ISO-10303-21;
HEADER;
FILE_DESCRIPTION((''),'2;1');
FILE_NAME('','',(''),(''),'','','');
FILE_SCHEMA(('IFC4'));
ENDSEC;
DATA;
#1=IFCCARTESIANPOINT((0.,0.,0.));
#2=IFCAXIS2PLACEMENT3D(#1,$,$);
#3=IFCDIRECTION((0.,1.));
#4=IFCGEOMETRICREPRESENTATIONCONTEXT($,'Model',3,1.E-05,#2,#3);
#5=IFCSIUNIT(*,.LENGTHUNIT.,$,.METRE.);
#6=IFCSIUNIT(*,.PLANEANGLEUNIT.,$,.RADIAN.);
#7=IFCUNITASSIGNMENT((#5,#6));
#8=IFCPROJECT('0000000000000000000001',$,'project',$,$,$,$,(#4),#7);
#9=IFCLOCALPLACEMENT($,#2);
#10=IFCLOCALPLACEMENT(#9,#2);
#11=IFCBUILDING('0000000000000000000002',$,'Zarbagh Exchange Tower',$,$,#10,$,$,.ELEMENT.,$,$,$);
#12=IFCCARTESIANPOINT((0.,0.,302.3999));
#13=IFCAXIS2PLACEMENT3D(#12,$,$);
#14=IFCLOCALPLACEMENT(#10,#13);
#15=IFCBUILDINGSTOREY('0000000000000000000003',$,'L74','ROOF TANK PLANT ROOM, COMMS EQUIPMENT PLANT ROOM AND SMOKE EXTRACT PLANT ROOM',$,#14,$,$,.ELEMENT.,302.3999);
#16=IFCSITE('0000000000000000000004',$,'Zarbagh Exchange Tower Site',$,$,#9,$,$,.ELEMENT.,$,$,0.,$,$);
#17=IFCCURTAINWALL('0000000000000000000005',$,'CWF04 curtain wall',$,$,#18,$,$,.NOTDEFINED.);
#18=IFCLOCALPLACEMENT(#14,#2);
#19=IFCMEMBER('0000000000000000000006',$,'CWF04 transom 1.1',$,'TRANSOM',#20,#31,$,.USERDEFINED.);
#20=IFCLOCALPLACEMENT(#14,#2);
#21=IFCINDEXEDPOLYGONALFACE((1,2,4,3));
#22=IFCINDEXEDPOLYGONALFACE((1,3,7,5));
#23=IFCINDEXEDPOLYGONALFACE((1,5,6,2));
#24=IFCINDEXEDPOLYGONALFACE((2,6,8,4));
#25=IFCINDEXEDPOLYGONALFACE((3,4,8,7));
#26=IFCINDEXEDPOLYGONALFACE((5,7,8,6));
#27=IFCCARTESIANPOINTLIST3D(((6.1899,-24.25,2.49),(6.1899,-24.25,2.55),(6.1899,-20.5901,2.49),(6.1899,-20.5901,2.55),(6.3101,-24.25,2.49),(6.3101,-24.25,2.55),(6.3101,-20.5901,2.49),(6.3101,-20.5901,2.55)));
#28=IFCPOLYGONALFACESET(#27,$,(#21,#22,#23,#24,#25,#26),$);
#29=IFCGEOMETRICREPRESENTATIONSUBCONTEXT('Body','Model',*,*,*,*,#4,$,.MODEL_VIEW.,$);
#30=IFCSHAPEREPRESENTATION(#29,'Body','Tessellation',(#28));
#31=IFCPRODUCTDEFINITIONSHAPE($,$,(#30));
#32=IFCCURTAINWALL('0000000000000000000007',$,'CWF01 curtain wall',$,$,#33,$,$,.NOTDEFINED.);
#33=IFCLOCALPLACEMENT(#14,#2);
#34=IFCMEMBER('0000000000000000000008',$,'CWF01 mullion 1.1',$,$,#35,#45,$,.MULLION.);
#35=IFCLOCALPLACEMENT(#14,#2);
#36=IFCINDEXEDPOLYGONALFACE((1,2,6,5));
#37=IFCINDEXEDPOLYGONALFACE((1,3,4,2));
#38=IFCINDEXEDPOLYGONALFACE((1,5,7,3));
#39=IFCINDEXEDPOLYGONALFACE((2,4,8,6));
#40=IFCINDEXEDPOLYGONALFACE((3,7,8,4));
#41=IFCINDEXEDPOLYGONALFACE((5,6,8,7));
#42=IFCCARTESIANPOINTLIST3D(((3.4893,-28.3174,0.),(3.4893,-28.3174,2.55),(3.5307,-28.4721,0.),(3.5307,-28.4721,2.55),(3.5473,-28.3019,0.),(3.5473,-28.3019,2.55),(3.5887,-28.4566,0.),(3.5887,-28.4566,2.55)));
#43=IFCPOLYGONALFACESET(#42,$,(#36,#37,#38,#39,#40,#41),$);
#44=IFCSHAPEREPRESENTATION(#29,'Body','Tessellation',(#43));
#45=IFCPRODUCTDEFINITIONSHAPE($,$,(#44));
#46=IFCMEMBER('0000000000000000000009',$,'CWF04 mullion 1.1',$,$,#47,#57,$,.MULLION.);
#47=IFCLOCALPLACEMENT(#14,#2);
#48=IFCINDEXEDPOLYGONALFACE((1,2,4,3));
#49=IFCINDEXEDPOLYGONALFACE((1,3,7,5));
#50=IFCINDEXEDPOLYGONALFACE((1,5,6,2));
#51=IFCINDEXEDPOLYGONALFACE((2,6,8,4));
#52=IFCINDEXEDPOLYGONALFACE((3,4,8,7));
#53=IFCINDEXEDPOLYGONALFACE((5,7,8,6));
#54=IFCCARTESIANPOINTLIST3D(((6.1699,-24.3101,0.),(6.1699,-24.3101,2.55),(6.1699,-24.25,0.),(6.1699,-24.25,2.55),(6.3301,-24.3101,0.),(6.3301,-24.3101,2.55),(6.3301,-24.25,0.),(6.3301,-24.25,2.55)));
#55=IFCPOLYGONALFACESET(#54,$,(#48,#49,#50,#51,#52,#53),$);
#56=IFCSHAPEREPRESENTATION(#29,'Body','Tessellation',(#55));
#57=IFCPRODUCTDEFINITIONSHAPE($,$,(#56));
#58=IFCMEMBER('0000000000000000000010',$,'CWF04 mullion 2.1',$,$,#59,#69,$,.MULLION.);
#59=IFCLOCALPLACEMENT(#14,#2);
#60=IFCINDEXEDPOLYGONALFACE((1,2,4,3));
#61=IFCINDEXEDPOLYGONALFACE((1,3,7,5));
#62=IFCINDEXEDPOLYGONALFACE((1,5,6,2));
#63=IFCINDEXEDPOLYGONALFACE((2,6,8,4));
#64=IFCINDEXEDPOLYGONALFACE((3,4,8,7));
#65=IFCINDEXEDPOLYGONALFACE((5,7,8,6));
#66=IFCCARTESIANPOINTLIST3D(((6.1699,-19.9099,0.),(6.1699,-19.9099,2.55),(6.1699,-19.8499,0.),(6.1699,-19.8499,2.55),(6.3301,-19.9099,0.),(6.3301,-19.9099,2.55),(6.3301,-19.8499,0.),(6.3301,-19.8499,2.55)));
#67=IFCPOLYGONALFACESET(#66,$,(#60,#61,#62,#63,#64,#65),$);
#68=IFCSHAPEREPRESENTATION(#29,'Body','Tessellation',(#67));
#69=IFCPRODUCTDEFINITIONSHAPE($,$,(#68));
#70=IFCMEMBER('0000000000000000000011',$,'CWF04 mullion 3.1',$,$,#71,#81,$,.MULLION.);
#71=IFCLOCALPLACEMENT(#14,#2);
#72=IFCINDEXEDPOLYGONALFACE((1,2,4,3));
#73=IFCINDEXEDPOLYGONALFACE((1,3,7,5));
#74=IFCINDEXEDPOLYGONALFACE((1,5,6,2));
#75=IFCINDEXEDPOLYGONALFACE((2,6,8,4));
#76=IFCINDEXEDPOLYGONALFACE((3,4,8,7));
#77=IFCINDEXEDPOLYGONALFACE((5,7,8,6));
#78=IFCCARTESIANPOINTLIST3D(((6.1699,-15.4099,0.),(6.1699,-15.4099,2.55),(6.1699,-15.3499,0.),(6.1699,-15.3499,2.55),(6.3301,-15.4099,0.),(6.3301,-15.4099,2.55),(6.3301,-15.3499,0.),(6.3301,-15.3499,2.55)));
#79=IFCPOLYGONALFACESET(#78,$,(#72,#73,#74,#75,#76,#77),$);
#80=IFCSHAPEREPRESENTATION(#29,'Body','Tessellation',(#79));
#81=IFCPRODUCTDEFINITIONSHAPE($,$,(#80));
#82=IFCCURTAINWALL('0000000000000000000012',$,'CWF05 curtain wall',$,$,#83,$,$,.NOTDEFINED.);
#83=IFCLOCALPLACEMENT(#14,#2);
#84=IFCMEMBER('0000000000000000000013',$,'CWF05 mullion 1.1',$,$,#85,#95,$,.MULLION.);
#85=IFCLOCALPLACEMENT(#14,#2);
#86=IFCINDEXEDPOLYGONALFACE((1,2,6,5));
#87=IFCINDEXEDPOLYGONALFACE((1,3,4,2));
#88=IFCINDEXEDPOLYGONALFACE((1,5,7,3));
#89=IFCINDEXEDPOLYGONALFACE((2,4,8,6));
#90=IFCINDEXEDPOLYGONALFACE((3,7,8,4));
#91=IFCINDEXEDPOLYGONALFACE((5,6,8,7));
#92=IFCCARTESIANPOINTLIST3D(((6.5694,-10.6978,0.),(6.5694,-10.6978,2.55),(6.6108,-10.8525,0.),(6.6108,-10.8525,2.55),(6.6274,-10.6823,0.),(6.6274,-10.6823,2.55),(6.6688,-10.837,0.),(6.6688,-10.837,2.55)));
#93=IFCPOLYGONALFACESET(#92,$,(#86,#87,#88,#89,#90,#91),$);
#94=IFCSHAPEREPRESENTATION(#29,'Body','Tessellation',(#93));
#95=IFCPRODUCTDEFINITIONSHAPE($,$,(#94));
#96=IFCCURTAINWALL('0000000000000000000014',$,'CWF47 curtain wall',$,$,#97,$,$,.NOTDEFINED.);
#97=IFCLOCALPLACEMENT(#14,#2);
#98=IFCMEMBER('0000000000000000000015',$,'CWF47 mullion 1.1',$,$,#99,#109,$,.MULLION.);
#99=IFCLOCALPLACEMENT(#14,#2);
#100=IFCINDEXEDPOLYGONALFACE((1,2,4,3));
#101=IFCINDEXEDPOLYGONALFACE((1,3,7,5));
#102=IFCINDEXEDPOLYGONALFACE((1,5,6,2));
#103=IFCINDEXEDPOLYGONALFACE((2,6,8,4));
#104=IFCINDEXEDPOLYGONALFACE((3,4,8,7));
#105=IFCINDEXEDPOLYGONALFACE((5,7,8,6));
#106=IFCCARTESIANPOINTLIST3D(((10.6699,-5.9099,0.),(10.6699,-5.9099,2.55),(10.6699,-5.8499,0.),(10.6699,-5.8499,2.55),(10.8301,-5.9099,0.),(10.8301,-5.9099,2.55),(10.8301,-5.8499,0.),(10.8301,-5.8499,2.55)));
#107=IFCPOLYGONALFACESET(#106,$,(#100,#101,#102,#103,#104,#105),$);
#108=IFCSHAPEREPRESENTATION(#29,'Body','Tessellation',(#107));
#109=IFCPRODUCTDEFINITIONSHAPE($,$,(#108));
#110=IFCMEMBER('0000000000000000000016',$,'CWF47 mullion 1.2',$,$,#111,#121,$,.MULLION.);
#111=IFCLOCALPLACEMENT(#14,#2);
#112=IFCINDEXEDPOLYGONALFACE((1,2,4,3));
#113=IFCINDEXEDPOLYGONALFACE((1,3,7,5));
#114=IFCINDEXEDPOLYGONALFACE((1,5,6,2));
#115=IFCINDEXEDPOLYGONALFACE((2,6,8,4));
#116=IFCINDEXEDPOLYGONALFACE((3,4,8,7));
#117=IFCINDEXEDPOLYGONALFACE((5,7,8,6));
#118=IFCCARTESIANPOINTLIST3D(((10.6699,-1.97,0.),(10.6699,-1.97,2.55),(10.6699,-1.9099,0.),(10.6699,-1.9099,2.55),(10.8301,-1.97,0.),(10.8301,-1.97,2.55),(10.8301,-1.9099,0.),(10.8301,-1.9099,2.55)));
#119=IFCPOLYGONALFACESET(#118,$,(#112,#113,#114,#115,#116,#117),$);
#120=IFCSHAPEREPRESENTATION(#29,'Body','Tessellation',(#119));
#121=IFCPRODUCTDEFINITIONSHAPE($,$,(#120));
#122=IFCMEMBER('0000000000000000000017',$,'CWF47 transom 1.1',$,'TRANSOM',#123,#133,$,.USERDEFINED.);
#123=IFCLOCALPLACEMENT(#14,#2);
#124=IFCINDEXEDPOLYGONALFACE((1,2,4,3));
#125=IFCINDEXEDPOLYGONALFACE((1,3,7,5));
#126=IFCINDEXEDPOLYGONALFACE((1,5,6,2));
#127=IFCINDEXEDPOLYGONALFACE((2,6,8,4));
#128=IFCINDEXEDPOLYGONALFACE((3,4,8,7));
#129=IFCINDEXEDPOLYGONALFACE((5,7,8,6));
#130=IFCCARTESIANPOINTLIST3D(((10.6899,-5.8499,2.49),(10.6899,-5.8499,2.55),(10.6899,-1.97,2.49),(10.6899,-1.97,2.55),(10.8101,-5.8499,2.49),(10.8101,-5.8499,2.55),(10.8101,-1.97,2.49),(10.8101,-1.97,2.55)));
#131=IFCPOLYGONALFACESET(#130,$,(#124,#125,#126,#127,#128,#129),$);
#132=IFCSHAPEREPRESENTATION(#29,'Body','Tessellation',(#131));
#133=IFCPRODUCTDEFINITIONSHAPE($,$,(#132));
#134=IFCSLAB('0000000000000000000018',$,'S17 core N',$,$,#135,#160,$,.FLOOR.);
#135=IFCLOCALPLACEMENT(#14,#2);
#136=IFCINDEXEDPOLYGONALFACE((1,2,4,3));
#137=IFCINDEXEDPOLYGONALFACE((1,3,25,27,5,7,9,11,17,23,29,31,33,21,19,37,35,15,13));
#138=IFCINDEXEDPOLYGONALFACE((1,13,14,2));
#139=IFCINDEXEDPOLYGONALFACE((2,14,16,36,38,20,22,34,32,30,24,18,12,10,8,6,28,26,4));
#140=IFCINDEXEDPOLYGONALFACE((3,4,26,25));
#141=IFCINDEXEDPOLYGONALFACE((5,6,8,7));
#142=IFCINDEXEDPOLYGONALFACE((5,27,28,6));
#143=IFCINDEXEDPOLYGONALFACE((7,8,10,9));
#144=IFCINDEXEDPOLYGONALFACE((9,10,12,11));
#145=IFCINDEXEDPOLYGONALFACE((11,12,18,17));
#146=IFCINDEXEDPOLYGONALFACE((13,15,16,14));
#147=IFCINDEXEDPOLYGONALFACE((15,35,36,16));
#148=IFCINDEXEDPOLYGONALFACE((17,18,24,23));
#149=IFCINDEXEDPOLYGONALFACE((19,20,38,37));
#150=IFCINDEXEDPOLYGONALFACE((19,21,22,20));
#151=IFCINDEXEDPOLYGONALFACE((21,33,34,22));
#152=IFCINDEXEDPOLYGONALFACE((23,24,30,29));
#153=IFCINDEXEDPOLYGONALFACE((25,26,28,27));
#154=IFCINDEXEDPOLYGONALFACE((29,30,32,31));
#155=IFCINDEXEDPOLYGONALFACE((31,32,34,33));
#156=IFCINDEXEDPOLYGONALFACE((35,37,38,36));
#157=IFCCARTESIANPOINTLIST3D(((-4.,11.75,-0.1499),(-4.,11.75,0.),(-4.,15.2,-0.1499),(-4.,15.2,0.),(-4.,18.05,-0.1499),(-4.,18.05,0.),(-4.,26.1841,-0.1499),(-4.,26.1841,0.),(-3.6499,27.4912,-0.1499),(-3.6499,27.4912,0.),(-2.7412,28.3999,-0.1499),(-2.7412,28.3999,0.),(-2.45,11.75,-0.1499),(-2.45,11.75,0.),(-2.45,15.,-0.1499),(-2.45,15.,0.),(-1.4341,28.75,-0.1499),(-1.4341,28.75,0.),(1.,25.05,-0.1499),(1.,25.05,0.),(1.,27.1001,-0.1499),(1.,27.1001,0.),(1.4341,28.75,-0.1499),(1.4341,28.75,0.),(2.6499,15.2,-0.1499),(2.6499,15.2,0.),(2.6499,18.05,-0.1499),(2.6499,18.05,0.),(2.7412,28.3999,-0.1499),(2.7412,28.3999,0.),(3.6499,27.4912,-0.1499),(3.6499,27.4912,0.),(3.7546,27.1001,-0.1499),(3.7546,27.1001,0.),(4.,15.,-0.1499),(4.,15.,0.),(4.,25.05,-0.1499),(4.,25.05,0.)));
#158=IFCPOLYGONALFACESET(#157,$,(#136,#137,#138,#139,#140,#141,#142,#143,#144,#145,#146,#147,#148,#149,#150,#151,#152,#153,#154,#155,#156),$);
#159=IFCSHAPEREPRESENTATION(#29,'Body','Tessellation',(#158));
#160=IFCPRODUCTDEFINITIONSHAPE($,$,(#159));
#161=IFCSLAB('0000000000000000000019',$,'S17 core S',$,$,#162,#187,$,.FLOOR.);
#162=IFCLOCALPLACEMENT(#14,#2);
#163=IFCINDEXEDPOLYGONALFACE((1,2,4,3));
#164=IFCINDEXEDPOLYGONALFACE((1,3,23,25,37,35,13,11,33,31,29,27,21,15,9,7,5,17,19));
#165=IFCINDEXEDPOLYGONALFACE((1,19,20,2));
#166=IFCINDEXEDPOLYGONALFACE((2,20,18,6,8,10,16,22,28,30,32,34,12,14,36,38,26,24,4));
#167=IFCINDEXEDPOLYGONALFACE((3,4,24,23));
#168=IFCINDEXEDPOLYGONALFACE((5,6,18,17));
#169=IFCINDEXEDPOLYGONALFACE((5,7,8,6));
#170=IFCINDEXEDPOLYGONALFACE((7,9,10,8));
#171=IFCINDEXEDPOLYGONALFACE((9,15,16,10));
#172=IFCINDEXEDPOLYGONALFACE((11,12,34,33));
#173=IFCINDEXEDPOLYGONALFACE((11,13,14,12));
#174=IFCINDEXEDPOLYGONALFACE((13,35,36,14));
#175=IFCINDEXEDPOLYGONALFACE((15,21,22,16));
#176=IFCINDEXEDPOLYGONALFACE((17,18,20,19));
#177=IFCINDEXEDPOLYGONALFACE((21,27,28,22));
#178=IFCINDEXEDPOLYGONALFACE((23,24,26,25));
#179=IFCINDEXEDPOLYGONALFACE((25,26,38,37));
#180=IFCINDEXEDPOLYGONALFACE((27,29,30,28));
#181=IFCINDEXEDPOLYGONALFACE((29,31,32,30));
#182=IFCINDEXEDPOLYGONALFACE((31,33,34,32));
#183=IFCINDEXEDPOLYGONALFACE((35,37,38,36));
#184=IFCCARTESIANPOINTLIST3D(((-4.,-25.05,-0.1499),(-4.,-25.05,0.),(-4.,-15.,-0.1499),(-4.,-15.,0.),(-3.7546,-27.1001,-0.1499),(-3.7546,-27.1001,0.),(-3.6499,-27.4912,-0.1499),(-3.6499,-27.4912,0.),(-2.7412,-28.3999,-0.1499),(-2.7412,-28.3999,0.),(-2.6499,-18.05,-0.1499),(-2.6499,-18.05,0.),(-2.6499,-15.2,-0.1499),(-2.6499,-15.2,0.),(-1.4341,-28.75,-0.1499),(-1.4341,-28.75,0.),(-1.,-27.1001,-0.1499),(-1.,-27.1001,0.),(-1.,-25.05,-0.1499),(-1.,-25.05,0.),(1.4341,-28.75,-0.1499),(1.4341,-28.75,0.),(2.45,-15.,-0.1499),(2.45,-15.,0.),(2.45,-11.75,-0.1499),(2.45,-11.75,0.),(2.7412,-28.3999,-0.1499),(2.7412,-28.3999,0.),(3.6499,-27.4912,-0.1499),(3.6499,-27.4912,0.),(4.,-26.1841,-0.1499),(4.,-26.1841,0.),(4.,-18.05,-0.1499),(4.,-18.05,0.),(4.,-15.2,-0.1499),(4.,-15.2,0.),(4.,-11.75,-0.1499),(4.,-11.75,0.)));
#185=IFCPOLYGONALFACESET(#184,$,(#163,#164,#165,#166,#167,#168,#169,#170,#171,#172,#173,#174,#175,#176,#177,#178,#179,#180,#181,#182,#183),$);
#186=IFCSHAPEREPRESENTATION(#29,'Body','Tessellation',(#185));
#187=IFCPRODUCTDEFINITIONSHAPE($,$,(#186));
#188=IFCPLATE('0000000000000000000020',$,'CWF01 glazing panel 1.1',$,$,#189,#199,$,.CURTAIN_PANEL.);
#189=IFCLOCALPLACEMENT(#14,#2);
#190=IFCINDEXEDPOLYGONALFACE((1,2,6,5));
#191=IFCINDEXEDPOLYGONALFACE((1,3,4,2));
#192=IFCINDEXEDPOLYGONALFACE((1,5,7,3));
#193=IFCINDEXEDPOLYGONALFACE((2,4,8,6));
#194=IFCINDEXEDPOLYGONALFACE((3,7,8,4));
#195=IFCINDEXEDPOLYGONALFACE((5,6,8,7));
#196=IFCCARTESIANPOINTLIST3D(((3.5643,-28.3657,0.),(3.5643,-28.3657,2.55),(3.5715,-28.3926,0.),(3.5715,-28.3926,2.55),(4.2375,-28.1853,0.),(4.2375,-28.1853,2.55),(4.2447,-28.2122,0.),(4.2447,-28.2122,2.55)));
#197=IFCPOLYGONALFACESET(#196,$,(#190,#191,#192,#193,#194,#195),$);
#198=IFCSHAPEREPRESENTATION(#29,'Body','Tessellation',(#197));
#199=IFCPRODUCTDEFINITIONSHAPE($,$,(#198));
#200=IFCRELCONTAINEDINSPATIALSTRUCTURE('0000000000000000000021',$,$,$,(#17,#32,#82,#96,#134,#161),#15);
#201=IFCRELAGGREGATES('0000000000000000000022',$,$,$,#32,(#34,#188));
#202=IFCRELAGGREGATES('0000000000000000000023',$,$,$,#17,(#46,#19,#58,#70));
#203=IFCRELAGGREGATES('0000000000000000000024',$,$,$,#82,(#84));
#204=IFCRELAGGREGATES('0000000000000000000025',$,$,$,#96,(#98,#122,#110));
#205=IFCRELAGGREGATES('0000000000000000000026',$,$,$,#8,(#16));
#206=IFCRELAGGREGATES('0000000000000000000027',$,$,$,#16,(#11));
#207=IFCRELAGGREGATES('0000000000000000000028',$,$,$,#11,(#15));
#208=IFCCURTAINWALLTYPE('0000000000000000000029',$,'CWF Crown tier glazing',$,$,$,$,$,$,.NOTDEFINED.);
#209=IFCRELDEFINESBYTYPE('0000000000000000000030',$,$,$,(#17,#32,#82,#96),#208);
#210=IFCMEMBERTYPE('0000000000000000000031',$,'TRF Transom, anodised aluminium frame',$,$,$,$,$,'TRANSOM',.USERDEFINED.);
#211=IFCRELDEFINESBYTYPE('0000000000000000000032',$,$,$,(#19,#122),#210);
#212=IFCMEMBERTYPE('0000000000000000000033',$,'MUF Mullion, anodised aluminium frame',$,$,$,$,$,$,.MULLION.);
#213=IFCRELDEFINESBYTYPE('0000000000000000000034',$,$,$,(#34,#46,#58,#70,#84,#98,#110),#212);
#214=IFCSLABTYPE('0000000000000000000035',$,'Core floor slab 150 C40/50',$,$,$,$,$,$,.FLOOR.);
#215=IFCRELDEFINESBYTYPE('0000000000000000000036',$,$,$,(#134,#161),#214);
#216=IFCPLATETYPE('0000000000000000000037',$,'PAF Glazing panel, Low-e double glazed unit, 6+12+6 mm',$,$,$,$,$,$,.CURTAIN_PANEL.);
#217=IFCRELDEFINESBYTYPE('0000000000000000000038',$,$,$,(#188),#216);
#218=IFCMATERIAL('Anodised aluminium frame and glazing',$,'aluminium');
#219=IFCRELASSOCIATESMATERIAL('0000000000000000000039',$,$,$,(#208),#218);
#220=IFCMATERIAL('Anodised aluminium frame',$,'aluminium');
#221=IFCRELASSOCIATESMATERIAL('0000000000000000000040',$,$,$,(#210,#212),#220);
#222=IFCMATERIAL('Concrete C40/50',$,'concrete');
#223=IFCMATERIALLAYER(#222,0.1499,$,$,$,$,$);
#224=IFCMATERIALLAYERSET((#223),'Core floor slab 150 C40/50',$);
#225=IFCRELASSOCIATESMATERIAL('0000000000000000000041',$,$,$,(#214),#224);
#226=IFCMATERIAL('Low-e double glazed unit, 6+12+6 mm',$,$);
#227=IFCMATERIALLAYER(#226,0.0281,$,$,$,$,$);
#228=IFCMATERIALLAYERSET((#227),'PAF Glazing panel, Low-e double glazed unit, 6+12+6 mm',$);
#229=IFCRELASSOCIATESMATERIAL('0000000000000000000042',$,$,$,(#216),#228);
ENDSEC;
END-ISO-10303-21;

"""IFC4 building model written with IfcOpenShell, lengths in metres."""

from ifc_helpers import new_model, si_unit, direction, frame, origin, place, context, subcontext, project, spatial, polyline, outline, extrude, source, transform, mapped, material, layer, layer_set, type_object, element, aggregate, save


model = new_model("IFC4")

# Units and contexts
model_context = context("Model", 3, precision=1e-05, world=origin(), true_north=direction((0.0, 1.0)))
body_context = subcontext(model_context, "Body", "Model", "MODEL_VIEW")
ifc_project = project(units=[si_unit("LENGTHUNIT", "METRE"), si_unit("PLANEANGLEUNIT", "RADIAN")], contexts=[model_context])

# Site, building, storey
site_placement = place(None, origin())
site = spatial("IfcSite", under=ifc_project, at=site_placement, Name="Zarbagh Exchange Tower Site", CompositionType="ELEMENT", RefElevation=0.0)
building_placement = place(site_placement, origin())
building = spatial("IfcBuilding", under=site, at=building_placement, Name="Zarbagh Exchange Tower", CompositionType="ELEMENT")
storey_placement = place(building_placement, frame((0.0, 0.0, 302.3999)))
storey = spatial("IfcBuildingStorey", under=building, at=storey_placement, Name="L74", Description="ROOF TANK PLANT ROOM, COMMS EQUIPMENT PLANT ROOM AND SMOKE EXTRACT PLANT ROOM", CompositionType="ELEMENT", Elevation=302.3999)

# Curtain walls, members
ifc_material_1 = material(Name="Anodised aluminium frame and glazing", Category="aluminium")
curtain_wall_type = type_object("IfcCurtainWallType", Name="CWF Crown tier glazing", PredefinedType="NOTDEFINED", material=ifc_material_1)
curtain_wall_1_placement = place(storey_placement, origin())
curtain_wall_1 = element("IfcCurtainWall", 1, at=curtain_wall_1_placement, inside=storey, type_object=curtain_wall_type, Name="CWF04 curtain wall", PredefinedType="NOTDEFINED")
ifc_material_2 = material(Name="Anodised aluminium frame", Category="aluminium")
member_type_1 = type_object("IfcMemberType", Name="TRF Transom, anodised aluminium frame", ElementType="TRANSOM", PredefinedType="USERDEFINED", material=ifc_material_2)
shared_shape_1 = source(origin(), body_context, "Body", "SweptSolid", [
    extrude(outline(polyline([(-0.0601, -0.0601), (0.0, -0.0601), (0.0, 0.0601), (-0.0601, 0.0601), (-0.0601, -0.0601)])), origin(), (0.0, 0.0, 1.0), 3.6599),
])
placement = place(storey_placement, origin())
member_1 = element("IfcMember", 2, at=placement, type_object=member_type_1, Name="CWF04 transom 1.1", ObjectType="TRANSOM", PredefinedType="USERDEFINED", context=body_context, shape_type="MappedRepresentation", body=[
    mapped(shared_shape_1, transform((6.25, -24.25, 2.55), x_axis=(0.0, 0.0, 1.0), y_axis=(1.0, 0.0, 0.0), z_axis=(0.0, 1.0, 0.0))),
])
curtain_wall_2_placement = place(storey_placement, origin())
curtain_wall_2 = element("IfcCurtainWall", 3, at=curtain_wall_2_placement, inside=storey, type_object=curtain_wall_type, Name="CWF01 curtain wall", PredefinedType="NOTDEFINED")
member_type_2 = type_object("IfcMemberType", Name="MUF Mullion, anodised aluminium frame", PredefinedType="MULLION", material=ifc_material_2)
shared_shape_2 = source(origin(), body_context, "Body", "SweptSolid", [
    extrude(outline(polyline([(0.0, -0.0801), (0.0601, -0.0801), (0.0601, 0.0801), (0.0, 0.0801), (0.0, -0.0801)])), origin(), (0.0, 0.0, 1.0), 2.55),
])
member_2 = element("IfcMember", 4, at=placement, type_object=member_type_2, Name="CWF01 mullion 1.1", PredefinedType="MULLION", context=body_context, shape_type="MappedRepresentation", body=[
    mapped(shared_shape_2, transform((3.51, -28.3948, 0.0), x_axis=(0.965924, 0.258825, 0.0), y_axis=(-0.258825, 0.965924, 0.0), z_axis=(0.0, 0.0, 1.0))),
])

# Members
member_3 = element("IfcMember", 5, at=placement, type_object=member_type_2, Name="CWF04 mullion 1.1", PredefinedType="MULLION", context=body_context, shape_type="MappedRepresentation", body=[
    mapped(shared_shape_2, transform((6.25, -24.3101, 0.0), x_axis=(0.0, 1.0, 0.0), y_axis=(-1.0, 0.0, 0.0), z_axis=(0.0, 0.0, 1.0))),
])
member_4 = element("IfcMember", 6, at=placement, type_object=member_type_2, Name="CWF04 mullion 2.1", PredefinedType="MULLION", context=body_context, shape_type="MappedRepresentation", body=[
    mapped(shared_shape_2, transform((6.25, -19.9099, 0.0), x_axis=(0.0, 1.0, 0.0), y_axis=(-1.0, 0.0, 0.0), z_axis=(0.0, 0.0, 1.0))),
])
member_5 = element("IfcMember", 7, at=placement, type_object=member_type_2, Name="CWF04 mullion 3.1", PredefinedType="MULLION", context=body_context, shape_type="MappedRepresentation", body=[
    mapped(shared_shape_2, transform((6.25, -15.4099, 0.0), x_axis=(0.0, 1.0, 0.0), y_axis=(-1.0, 0.0, 0.0), z_axis=(0.0, 0.0, 1.0))),
])

# Curtain wall, member
curtain_wall_3_placement = place(storey_placement, origin())
curtain_wall_3 = element("IfcCurtainWall", 8, at=curtain_wall_3_placement, inside=storey, type_object=curtain_wall_type, Name="CWF05 curtain wall", PredefinedType="NOTDEFINED")
member_6 = element("IfcMember", 9, at=placement, type_object=member_type_2, Name="CWF05 mullion 1.1", PredefinedType="MULLION", context=body_context, shape_type="MappedRepresentation", body=[
    mapped(shared_shape_2, transform((6.5901, -10.7751, 0.0), x_axis=(0.965924, 0.258825, 0.0), y_axis=(-0.258825, 0.965924, 0.0), z_axis=(0.0, 0.0, 1.0))),
])

# Curtain wall, members
curtain_wall_4_placement = place(storey_placement, origin())
curtain_wall_4 = element("IfcCurtainWall", 10, at=curtain_wall_4_placement, inside=storey, type_object=curtain_wall_type, Name="CWF47 curtain wall", PredefinedType="NOTDEFINED")
member_7 = element("IfcMember", 11, at=placement, type_object=member_type_2, Name="CWF47 mullion 1.1", PredefinedType="MULLION", context=body_context, shape_type="MappedRepresentation", body=[
    mapped(shared_shape_2, transform((10.75, -5.9099, 0.0), x_axis=(0.0, 1.0, 0.0), y_axis=(-1.0, 0.0, 0.0), z_axis=(0.0, 0.0, 1.0))),
])
member_8 = element("IfcMember", 12, at=placement, type_object=member_type_2, Name="CWF47 mullion 1.2", PredefinedType="MULLION", context=body_context, shape_type="MappedRepresentation", body=[
    mapped(shared_shape_2, transform((10.75, -1.97, 0.0), x_axis=(0.0, 1.0, 0.0), y_axis=(-1.0, 0.0, 0.0), z_axis=(0.0, 0.0, 1.0))),
])
shared_shape_3 = source(origin(), body_context, "Body", "SweptSolid", [
    extrude(outline(polyline([(-0.0601, -0.0601), (0.0, -0.0601), (0.0, 0.0601), (-0.0601, 0.0601), (-0.0601, -0.0601)])), origin(), (0.0, 0.0, 1.0), 3.8799),
])
member_9 = element("IfcMember", 13, at=placement, type_object=member_type_1, Name="CWF47 transom 1.1", ObjectType="TRANSOM", PredefinedType="USERDEFINED", context=body_context, shape_type="MappedRepresentation", body=[
    mapped(shared_shape_3, transform((10.75, -5.8499, 2.55), x_axis=(0.0, 0.0, 1.0), y_axis=(1.0, 0.0, 0.0), z_axis=(0.0, 1.0, 0.0))),
])

# Slabs
ifc_material_3 = material(Name="Concrete C40/50", Category="concrete")
ifc_layer_1 = layer(ifc_material_3, 0.1499)
ifc_layer_set_1 = layer_set([ifc_layer_1], Name="Core floor slab 150 C40/50")
slab_type = type_object("IfcSlabType", Name="Core floor slab 150 C40/50", PredefinedType="FLOOR", material=ifc_layer_set_1)
slab_1_placement = place(storey_placement, frame((0.0, 0.0, -0.1499)))
element("IfcSlab", 14, at=slab_1_placement, inside=storey, type_object=slab_type, Name="S17 core N", PredefinedType="FLOOR", context=body_context, shape_type="SweptSolid", body=[
    extrude(outline(polyline([(-4.0, 11.75), (-4.0, 15.2), (2.6499, 15.2), (2.6499, 18.05), (-4.0, 18.05), (-4.0, 26.1841), (-3.6499, 27.4912), (-2.7412, 28.3999), (-1.4341, 28.75), (1.4341, 28.75), (2.7412, 28.3999), (3.6499, 27.4912), (3.8577, 26.7151), (3.7546, 27.1001), (1.0, 27.1001), (1.0, 25.05), (4.0, 25.05), (4.0, 15.0), (-2.45, 15.0), (-2.45, 11.75), (-4.0, 11.75)])), origin(), (0.0, 0.0, 1.0), 0.1499),
])
slab_2_placement = place(storey_placement, frame((0.0, 0.0, -0.1499)))
element("IfcSlab", 15, at=slab_2_placement, inside=storey, type_object=slab_type, Name="S17 core S", PredefinedType="FLOOR", context=body_context, shape_type="SweptSolid", body=[
    extrude(outline(polyline([(-2.7412, -28.3999), (-3.6499, -27.4912), (-3.8577, -26.7151), (-3.7546, -27.1001), (-1.0, -27.1001), (-1.0, -25.05), (-4.0, -25.05), (-4.0, -15.0), (2.45, -15.0), (2.45, -11.75), (4.0, -11.75), (4.0, -15.2), (-2.6499, -15.2), (-2.6499, -18.05), (4.0, -18.05), (4.0, -26.1841), (3.6499, -27.4912), (2.7412, -28.3999), (1.4341, -28.75), (-1.4341, -28.75), (-2.7412, -28.3999)])), origin(), (0.0, 0.0, 1.0), 0.1499),
])

# Plate
ifc_material_4 = material(Name="Low-e double glazed unit, 6+12+6 mm")
ifc_layer_2 = layer(ifc_material_4, 0.0281)
ifc_layer_set_2 = layer_set([ifc_layer_2], Name="PAF Glazing panel, Low-e double glazed unit, 6+12+6 mm")
plate_type = type_object("IfcPlateType", Name="PAF Glazing panel, Low-e double glazed unit, 6+12+6 mm", PredefinedType="CURTAIN_PANEL", material=ifc_layer_set_2)
shared_shape_4 = source(origin(), body_context, "Body", "SweptSolid", [
    extrude(outline(polyline([(0.0, -0.0139), (0.697, -0.0139), (0.697, 0.0139), (0.0, 0.0139), (0.0, -0.0139)])), origin(), (0.0, 0.0, 1.0), 2.55),
])
plate_1 = element("IfcPlate", 16, at=placement, type_object=plate_type, Name="CWF01 glazing panel 1.1", PredefinedType="CURTAIN_PANEL", context=body_context, shape_type="MappedRepresentation", body=[
    mapped(shared_shape_4, transform((3.5679, -28.3792, 0.0), x_axis=(0.965924, 0.258825, 0.0), y_axis=(-0.258825, 0.965924, 0.0), z_axis=(0.0, 0.0, 1.0))),
])
aggregate(curtain_wall_2, [member_2, plate_1])

aggregate(curtain_wall_1, [member_3, member_1, member_4, member_5])
aggregate(curtain_wall_3, [member_6])

aggregate(curtain_wall_4, [member_7, member_9, member_8])

save(model, "model.ifc")
